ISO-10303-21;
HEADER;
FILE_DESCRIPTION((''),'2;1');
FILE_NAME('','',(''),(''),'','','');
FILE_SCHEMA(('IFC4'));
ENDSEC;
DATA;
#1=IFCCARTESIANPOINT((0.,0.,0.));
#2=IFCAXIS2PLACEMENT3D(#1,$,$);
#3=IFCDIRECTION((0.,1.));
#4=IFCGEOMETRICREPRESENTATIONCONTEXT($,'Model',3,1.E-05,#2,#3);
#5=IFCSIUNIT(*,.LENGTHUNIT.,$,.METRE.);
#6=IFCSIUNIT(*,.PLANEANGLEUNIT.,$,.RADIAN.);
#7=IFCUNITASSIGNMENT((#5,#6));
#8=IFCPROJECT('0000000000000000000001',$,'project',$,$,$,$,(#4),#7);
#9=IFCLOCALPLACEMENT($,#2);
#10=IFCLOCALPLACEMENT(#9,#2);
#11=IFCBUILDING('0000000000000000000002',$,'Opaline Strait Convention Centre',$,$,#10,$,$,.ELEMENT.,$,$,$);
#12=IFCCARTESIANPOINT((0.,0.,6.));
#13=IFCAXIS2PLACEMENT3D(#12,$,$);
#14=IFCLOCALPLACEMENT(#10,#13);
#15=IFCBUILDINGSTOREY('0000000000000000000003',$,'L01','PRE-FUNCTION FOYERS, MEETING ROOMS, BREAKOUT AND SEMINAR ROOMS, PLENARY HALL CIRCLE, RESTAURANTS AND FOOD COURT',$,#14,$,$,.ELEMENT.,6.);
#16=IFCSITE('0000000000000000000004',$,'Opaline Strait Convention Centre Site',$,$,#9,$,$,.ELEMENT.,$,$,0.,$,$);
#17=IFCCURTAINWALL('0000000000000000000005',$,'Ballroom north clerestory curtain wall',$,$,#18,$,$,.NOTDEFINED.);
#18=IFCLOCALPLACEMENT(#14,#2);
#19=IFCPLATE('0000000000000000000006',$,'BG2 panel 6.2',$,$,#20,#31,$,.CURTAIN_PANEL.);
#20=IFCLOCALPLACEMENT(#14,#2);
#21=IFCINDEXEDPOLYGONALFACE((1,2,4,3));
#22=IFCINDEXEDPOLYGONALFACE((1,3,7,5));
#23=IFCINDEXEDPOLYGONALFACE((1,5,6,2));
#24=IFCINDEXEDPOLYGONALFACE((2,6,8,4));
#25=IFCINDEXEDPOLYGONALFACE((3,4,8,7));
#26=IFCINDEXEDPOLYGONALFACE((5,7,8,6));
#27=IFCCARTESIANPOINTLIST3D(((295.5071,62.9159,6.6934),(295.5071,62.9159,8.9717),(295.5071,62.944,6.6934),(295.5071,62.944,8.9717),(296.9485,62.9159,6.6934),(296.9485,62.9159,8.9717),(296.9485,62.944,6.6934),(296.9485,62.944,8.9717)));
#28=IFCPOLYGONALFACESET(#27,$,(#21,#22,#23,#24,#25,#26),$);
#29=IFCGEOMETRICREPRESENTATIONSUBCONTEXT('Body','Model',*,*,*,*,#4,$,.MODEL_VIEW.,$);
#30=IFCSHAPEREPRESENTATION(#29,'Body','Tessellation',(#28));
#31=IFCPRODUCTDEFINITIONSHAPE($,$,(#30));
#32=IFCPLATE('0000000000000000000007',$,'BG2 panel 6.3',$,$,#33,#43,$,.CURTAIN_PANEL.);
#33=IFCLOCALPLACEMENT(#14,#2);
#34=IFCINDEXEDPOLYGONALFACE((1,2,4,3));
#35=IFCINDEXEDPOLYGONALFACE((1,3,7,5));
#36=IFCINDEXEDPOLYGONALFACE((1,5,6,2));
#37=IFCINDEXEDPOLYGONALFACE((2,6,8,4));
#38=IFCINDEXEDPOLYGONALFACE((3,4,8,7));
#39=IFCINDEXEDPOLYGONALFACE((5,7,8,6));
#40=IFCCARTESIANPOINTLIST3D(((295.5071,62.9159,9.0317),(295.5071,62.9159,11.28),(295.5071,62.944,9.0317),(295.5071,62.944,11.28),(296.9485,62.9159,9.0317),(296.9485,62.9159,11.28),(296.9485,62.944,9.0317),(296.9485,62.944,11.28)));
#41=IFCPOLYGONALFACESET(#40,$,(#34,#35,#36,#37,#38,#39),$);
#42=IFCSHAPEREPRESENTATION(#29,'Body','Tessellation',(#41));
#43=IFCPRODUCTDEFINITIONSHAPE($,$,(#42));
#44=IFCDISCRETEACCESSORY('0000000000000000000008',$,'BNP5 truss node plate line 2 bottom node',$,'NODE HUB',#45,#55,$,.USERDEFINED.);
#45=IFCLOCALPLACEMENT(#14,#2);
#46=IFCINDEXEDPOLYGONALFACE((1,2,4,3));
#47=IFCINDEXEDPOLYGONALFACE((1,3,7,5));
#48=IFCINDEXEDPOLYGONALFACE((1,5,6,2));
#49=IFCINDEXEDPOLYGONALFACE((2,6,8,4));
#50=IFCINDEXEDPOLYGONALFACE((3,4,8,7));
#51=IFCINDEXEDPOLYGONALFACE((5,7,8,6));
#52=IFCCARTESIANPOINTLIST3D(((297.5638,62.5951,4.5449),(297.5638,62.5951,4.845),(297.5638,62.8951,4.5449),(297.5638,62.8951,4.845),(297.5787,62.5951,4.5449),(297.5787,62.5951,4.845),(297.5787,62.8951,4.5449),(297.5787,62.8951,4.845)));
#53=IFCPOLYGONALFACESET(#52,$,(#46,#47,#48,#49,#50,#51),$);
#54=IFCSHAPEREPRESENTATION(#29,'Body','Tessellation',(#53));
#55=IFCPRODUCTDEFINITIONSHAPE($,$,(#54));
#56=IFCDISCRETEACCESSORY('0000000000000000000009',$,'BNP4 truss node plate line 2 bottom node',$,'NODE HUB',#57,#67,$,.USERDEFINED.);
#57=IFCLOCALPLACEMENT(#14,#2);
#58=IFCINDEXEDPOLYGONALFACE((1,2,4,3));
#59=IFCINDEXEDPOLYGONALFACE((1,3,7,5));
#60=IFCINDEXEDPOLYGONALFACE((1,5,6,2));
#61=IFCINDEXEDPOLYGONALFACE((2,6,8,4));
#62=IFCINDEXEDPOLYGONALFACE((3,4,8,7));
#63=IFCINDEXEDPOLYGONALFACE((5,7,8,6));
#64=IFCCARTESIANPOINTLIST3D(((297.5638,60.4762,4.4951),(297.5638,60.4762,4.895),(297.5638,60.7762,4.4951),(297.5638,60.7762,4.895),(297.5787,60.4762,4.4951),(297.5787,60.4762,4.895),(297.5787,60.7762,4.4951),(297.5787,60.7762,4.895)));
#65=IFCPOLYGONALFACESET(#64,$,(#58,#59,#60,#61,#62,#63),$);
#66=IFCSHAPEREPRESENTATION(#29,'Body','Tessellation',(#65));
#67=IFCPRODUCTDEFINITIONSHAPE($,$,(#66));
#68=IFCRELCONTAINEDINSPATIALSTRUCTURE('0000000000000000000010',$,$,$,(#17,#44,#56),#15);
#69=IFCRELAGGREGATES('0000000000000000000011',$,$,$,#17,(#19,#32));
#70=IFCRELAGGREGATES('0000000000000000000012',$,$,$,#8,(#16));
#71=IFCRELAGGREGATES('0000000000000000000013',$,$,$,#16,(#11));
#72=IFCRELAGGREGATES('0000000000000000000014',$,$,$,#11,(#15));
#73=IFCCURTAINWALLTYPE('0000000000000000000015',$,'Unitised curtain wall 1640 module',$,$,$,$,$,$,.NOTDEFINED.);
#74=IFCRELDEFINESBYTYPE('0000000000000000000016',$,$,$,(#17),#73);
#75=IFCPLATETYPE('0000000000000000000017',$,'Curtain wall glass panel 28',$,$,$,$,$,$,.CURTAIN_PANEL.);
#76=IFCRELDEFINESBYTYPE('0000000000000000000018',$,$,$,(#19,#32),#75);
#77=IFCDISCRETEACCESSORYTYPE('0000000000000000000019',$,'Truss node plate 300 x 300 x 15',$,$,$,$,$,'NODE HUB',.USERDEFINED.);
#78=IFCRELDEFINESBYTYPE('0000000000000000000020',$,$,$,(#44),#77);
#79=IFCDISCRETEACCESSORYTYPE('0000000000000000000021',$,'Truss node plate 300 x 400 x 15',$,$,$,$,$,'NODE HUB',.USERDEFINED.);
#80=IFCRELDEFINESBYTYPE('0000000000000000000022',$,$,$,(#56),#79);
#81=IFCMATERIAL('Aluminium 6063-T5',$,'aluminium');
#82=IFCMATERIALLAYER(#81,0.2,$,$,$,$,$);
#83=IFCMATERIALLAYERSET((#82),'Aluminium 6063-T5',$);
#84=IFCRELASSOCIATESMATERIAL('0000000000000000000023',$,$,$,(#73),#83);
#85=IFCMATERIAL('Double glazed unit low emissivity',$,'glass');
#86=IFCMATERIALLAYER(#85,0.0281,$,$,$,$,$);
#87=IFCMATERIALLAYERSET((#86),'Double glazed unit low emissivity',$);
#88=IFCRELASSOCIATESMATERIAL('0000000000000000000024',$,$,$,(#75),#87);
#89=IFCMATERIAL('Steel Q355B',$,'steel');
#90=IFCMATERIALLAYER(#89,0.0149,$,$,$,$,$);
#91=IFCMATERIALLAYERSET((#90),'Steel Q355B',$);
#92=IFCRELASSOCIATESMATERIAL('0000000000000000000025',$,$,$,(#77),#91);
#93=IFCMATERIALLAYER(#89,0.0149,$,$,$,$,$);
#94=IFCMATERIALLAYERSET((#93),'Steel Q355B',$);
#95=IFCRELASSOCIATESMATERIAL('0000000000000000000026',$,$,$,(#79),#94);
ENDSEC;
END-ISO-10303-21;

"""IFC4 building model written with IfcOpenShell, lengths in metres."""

from ifc_helpers import new_model, si_unit, direction, frame, origin, origin_2d, place, context, subcontext, project, spatial, rectangle, extrude, material, layer, layer_set, type_object, element, aggregate, save


model = new_model("IFC4")

# Units and contexts
model_context = context("Model", 3, precision=1e-05, world=origin(), true_north=direction((0.0, 1.0)))
body_context = subcontext(model_context, "Body", "Model", "MODEL_VIEW")
ifc_project = project(units=[si_unit("LENGTHUNIT", "METRE"), si_unit("PLANEANGLEUNIT", "RADIAN")], contexts=[model_context])

# Site, building, storey
site_placement = place(None, origin())
site = spatial("IfcSite", under=ifc_project, at=site_placement, Name="Opaline Strait Convention Centre Site", CompositionType="ELEMENT", RefElevation=0.0)
building_placement = place(site_placement, origin())
building = spatial("IfcBuilding", under=site, at=building_placement, Name="Opaline Strait Convention Centre", CompositionType="ELEMENT")
storey_placement = place(building_placement, frame((0.0, 0.0, 6.0)))
storey = spatial("IfcBuildingStorey", under=building, at=storey_placement, Name="L01", Description="PRE-FUNCTION FOYERS, MEETING ROOMS, BREAKOUT AND SEMINAR ROOMS, PLENARY HALL CIRCLE, RESTAURANTS AND FOOD COURT", CompositionType="ELEMENT", Elevation=6.0)

# Curtain wall
ifc_material_1 = material(Name="Aluminium 6063-T5", Category="aluminium")
ifc_layer_1 = layer(ifc_material_1, 0.2)
ifc_layer_set_1 = layer_set([ifc_layer_1], Name="Aluminium 6063-T5")
curtain_wall_type = type_object("IfcCurtainWallType", Name="Unitised curtain wall 1640 module", PredefinedType="NOTDEFINED", material=ifc_layer_set_1)
curtain_wall_placement = place(storey_placement, origin())
curtain_wall = element("IfcCurtainWall", 1, at=curtain_wall_placement, inside=storey, type_object=curtain_wall_type, Name="Ballroom north clerestory curtain wall", PredefinedType="NOTDEFINED")

# Shared definitions
ifc_material_2 = material(Name="Steel Q355B", Category="steel")

# Plates
ifc_material_3 = material(Name="Double glazed unit low emissivity", Category="glass")
ifc_layer_2 = layer(ifc_material_3, 0.0281)
ifc_layer_set_2 = layer_set([ifc_layer_2], Name="Double glazed unit low emissivity")
plate_type = type_object("IfcPlateType", Name="Curtain wall glass panel 28", PredefinedType="CURTAIN_PANEL", material=ifc_layer_set_2)
plate_1_placement = place(storey_placement, frame((296.2278, 62.9299, 6.6934), z_axis=(0.0, 0.0, 1.0), x_axis=(1.0, 0.0, 0.0)))
plate_1 = element("IfcPlate", 2, at=plate_1_placement, type_object=plate_type, Name="BG2 panel 6.2", PredefinedType="CURTAIN_PANEL", context=body_context, shape_type="SweptSolid", body=[
    extrude(rectangle(XDim=1.4414, YDim=0.0281, at=origin_2d()), origin(), (0.0, 0.0, 1.0), 2.2783),
])
plate_2_placement = place(storey_placement, frame((296.2278, 62.9299, 9.0317), z_axis=(0.0, 0.0, 1.0), x_axis=(1.0, 0.0, 0.0)))
plate_2 = element("IfcPlate", 3, at=plate_2_placement, type_object=plate_type, Name="BG2 panel 6.3", PredefinedType="CURTAIN_PANEL", context=body_context, shape_type="SweptSolid", body=[
    extrude(rectangle(XDim=1.4414, YDim=0.0281, at=origin_2d()), origin(), (0.0, 0.0, 1.0), 2.2483),
])
aggregate(curtain_wall, [plate_1, plate_2])

# Discrete accessories
ifc_layer_3 = layer(ifc_material_2, 0.0149)
ifc_layer_set_3 = layer_set([ifc_layer_3], Name="Steel Q355B")
discrete_accessory_type_1 = type_object("IfcDiscreteAccessoryType", Name="Truss node plate 300 x 300 x 15", ElementType="NODE HUB", PredefinedType="USERDEFINED", material=ifc_layer_set_3)
discrete_accessory_1_placement = place(storey_placement, frame((297.5713, 62.7451, 4.5449), z_axis=(0.0, 0.0, 1.0), x_axis=(1.0, 0.0, 0.0)))
element("IfcDiscreteAccessory", 4, at=discrete_accessory_1_placement, inside=storey, type_object=discrete_accessory_type_1, Name="BNP5 truss node plate line 2 bottom node", ObjectType="NODE HUB", PredefinedType="USERDEFINED", context=body_context, shape_type="SweptSolid", body=[
    extrude(rectangle(XDim=0.0149, YDim=0.3, at=origin_2d()), origin(), (0.0, 0.0, 1.0), 0.3),
])
ifc_layer_4 = layer(ifc_material_2, 0.0149)
ifc_layer_set_4 = layer_set([ifc_layer_4], Name="Steel Q355B")
discrete_accessory_type_2 = type_object("IfcDiscreteAccessoryType", Name="Truss node plate 300 x 400 x 15", ElementType="NODE HUB", PredefinedType="USERDEFINED", material=ifc_layer_set_4)
discrete_accessory_2_placement = place(storey_placement, frame((297.5713, 60.6262, 4.4951), z_axis=(0.0, 0.0, 1.0), x_axis=(1.0, 0.0, 0.0)))
element("IfcDiscreteAccessory", 5, at=discrete_accessory_2_placement, inside=storey, type_object=discrete_accessory_type_2, Name="BNP4 truss node plate line 2 bottom node", ObjectType="NODE HUB", PredefinedType="USERDEFINED", context=body_context, shape_type="SweptSolid", body=[
    extrude(rectangle(XDim=0.0149, YDim=0.3, at=origin_2d()), origin(), (0.0, 0.0, 1.0), 0.3999),
])

save(model, "model.ifc")
